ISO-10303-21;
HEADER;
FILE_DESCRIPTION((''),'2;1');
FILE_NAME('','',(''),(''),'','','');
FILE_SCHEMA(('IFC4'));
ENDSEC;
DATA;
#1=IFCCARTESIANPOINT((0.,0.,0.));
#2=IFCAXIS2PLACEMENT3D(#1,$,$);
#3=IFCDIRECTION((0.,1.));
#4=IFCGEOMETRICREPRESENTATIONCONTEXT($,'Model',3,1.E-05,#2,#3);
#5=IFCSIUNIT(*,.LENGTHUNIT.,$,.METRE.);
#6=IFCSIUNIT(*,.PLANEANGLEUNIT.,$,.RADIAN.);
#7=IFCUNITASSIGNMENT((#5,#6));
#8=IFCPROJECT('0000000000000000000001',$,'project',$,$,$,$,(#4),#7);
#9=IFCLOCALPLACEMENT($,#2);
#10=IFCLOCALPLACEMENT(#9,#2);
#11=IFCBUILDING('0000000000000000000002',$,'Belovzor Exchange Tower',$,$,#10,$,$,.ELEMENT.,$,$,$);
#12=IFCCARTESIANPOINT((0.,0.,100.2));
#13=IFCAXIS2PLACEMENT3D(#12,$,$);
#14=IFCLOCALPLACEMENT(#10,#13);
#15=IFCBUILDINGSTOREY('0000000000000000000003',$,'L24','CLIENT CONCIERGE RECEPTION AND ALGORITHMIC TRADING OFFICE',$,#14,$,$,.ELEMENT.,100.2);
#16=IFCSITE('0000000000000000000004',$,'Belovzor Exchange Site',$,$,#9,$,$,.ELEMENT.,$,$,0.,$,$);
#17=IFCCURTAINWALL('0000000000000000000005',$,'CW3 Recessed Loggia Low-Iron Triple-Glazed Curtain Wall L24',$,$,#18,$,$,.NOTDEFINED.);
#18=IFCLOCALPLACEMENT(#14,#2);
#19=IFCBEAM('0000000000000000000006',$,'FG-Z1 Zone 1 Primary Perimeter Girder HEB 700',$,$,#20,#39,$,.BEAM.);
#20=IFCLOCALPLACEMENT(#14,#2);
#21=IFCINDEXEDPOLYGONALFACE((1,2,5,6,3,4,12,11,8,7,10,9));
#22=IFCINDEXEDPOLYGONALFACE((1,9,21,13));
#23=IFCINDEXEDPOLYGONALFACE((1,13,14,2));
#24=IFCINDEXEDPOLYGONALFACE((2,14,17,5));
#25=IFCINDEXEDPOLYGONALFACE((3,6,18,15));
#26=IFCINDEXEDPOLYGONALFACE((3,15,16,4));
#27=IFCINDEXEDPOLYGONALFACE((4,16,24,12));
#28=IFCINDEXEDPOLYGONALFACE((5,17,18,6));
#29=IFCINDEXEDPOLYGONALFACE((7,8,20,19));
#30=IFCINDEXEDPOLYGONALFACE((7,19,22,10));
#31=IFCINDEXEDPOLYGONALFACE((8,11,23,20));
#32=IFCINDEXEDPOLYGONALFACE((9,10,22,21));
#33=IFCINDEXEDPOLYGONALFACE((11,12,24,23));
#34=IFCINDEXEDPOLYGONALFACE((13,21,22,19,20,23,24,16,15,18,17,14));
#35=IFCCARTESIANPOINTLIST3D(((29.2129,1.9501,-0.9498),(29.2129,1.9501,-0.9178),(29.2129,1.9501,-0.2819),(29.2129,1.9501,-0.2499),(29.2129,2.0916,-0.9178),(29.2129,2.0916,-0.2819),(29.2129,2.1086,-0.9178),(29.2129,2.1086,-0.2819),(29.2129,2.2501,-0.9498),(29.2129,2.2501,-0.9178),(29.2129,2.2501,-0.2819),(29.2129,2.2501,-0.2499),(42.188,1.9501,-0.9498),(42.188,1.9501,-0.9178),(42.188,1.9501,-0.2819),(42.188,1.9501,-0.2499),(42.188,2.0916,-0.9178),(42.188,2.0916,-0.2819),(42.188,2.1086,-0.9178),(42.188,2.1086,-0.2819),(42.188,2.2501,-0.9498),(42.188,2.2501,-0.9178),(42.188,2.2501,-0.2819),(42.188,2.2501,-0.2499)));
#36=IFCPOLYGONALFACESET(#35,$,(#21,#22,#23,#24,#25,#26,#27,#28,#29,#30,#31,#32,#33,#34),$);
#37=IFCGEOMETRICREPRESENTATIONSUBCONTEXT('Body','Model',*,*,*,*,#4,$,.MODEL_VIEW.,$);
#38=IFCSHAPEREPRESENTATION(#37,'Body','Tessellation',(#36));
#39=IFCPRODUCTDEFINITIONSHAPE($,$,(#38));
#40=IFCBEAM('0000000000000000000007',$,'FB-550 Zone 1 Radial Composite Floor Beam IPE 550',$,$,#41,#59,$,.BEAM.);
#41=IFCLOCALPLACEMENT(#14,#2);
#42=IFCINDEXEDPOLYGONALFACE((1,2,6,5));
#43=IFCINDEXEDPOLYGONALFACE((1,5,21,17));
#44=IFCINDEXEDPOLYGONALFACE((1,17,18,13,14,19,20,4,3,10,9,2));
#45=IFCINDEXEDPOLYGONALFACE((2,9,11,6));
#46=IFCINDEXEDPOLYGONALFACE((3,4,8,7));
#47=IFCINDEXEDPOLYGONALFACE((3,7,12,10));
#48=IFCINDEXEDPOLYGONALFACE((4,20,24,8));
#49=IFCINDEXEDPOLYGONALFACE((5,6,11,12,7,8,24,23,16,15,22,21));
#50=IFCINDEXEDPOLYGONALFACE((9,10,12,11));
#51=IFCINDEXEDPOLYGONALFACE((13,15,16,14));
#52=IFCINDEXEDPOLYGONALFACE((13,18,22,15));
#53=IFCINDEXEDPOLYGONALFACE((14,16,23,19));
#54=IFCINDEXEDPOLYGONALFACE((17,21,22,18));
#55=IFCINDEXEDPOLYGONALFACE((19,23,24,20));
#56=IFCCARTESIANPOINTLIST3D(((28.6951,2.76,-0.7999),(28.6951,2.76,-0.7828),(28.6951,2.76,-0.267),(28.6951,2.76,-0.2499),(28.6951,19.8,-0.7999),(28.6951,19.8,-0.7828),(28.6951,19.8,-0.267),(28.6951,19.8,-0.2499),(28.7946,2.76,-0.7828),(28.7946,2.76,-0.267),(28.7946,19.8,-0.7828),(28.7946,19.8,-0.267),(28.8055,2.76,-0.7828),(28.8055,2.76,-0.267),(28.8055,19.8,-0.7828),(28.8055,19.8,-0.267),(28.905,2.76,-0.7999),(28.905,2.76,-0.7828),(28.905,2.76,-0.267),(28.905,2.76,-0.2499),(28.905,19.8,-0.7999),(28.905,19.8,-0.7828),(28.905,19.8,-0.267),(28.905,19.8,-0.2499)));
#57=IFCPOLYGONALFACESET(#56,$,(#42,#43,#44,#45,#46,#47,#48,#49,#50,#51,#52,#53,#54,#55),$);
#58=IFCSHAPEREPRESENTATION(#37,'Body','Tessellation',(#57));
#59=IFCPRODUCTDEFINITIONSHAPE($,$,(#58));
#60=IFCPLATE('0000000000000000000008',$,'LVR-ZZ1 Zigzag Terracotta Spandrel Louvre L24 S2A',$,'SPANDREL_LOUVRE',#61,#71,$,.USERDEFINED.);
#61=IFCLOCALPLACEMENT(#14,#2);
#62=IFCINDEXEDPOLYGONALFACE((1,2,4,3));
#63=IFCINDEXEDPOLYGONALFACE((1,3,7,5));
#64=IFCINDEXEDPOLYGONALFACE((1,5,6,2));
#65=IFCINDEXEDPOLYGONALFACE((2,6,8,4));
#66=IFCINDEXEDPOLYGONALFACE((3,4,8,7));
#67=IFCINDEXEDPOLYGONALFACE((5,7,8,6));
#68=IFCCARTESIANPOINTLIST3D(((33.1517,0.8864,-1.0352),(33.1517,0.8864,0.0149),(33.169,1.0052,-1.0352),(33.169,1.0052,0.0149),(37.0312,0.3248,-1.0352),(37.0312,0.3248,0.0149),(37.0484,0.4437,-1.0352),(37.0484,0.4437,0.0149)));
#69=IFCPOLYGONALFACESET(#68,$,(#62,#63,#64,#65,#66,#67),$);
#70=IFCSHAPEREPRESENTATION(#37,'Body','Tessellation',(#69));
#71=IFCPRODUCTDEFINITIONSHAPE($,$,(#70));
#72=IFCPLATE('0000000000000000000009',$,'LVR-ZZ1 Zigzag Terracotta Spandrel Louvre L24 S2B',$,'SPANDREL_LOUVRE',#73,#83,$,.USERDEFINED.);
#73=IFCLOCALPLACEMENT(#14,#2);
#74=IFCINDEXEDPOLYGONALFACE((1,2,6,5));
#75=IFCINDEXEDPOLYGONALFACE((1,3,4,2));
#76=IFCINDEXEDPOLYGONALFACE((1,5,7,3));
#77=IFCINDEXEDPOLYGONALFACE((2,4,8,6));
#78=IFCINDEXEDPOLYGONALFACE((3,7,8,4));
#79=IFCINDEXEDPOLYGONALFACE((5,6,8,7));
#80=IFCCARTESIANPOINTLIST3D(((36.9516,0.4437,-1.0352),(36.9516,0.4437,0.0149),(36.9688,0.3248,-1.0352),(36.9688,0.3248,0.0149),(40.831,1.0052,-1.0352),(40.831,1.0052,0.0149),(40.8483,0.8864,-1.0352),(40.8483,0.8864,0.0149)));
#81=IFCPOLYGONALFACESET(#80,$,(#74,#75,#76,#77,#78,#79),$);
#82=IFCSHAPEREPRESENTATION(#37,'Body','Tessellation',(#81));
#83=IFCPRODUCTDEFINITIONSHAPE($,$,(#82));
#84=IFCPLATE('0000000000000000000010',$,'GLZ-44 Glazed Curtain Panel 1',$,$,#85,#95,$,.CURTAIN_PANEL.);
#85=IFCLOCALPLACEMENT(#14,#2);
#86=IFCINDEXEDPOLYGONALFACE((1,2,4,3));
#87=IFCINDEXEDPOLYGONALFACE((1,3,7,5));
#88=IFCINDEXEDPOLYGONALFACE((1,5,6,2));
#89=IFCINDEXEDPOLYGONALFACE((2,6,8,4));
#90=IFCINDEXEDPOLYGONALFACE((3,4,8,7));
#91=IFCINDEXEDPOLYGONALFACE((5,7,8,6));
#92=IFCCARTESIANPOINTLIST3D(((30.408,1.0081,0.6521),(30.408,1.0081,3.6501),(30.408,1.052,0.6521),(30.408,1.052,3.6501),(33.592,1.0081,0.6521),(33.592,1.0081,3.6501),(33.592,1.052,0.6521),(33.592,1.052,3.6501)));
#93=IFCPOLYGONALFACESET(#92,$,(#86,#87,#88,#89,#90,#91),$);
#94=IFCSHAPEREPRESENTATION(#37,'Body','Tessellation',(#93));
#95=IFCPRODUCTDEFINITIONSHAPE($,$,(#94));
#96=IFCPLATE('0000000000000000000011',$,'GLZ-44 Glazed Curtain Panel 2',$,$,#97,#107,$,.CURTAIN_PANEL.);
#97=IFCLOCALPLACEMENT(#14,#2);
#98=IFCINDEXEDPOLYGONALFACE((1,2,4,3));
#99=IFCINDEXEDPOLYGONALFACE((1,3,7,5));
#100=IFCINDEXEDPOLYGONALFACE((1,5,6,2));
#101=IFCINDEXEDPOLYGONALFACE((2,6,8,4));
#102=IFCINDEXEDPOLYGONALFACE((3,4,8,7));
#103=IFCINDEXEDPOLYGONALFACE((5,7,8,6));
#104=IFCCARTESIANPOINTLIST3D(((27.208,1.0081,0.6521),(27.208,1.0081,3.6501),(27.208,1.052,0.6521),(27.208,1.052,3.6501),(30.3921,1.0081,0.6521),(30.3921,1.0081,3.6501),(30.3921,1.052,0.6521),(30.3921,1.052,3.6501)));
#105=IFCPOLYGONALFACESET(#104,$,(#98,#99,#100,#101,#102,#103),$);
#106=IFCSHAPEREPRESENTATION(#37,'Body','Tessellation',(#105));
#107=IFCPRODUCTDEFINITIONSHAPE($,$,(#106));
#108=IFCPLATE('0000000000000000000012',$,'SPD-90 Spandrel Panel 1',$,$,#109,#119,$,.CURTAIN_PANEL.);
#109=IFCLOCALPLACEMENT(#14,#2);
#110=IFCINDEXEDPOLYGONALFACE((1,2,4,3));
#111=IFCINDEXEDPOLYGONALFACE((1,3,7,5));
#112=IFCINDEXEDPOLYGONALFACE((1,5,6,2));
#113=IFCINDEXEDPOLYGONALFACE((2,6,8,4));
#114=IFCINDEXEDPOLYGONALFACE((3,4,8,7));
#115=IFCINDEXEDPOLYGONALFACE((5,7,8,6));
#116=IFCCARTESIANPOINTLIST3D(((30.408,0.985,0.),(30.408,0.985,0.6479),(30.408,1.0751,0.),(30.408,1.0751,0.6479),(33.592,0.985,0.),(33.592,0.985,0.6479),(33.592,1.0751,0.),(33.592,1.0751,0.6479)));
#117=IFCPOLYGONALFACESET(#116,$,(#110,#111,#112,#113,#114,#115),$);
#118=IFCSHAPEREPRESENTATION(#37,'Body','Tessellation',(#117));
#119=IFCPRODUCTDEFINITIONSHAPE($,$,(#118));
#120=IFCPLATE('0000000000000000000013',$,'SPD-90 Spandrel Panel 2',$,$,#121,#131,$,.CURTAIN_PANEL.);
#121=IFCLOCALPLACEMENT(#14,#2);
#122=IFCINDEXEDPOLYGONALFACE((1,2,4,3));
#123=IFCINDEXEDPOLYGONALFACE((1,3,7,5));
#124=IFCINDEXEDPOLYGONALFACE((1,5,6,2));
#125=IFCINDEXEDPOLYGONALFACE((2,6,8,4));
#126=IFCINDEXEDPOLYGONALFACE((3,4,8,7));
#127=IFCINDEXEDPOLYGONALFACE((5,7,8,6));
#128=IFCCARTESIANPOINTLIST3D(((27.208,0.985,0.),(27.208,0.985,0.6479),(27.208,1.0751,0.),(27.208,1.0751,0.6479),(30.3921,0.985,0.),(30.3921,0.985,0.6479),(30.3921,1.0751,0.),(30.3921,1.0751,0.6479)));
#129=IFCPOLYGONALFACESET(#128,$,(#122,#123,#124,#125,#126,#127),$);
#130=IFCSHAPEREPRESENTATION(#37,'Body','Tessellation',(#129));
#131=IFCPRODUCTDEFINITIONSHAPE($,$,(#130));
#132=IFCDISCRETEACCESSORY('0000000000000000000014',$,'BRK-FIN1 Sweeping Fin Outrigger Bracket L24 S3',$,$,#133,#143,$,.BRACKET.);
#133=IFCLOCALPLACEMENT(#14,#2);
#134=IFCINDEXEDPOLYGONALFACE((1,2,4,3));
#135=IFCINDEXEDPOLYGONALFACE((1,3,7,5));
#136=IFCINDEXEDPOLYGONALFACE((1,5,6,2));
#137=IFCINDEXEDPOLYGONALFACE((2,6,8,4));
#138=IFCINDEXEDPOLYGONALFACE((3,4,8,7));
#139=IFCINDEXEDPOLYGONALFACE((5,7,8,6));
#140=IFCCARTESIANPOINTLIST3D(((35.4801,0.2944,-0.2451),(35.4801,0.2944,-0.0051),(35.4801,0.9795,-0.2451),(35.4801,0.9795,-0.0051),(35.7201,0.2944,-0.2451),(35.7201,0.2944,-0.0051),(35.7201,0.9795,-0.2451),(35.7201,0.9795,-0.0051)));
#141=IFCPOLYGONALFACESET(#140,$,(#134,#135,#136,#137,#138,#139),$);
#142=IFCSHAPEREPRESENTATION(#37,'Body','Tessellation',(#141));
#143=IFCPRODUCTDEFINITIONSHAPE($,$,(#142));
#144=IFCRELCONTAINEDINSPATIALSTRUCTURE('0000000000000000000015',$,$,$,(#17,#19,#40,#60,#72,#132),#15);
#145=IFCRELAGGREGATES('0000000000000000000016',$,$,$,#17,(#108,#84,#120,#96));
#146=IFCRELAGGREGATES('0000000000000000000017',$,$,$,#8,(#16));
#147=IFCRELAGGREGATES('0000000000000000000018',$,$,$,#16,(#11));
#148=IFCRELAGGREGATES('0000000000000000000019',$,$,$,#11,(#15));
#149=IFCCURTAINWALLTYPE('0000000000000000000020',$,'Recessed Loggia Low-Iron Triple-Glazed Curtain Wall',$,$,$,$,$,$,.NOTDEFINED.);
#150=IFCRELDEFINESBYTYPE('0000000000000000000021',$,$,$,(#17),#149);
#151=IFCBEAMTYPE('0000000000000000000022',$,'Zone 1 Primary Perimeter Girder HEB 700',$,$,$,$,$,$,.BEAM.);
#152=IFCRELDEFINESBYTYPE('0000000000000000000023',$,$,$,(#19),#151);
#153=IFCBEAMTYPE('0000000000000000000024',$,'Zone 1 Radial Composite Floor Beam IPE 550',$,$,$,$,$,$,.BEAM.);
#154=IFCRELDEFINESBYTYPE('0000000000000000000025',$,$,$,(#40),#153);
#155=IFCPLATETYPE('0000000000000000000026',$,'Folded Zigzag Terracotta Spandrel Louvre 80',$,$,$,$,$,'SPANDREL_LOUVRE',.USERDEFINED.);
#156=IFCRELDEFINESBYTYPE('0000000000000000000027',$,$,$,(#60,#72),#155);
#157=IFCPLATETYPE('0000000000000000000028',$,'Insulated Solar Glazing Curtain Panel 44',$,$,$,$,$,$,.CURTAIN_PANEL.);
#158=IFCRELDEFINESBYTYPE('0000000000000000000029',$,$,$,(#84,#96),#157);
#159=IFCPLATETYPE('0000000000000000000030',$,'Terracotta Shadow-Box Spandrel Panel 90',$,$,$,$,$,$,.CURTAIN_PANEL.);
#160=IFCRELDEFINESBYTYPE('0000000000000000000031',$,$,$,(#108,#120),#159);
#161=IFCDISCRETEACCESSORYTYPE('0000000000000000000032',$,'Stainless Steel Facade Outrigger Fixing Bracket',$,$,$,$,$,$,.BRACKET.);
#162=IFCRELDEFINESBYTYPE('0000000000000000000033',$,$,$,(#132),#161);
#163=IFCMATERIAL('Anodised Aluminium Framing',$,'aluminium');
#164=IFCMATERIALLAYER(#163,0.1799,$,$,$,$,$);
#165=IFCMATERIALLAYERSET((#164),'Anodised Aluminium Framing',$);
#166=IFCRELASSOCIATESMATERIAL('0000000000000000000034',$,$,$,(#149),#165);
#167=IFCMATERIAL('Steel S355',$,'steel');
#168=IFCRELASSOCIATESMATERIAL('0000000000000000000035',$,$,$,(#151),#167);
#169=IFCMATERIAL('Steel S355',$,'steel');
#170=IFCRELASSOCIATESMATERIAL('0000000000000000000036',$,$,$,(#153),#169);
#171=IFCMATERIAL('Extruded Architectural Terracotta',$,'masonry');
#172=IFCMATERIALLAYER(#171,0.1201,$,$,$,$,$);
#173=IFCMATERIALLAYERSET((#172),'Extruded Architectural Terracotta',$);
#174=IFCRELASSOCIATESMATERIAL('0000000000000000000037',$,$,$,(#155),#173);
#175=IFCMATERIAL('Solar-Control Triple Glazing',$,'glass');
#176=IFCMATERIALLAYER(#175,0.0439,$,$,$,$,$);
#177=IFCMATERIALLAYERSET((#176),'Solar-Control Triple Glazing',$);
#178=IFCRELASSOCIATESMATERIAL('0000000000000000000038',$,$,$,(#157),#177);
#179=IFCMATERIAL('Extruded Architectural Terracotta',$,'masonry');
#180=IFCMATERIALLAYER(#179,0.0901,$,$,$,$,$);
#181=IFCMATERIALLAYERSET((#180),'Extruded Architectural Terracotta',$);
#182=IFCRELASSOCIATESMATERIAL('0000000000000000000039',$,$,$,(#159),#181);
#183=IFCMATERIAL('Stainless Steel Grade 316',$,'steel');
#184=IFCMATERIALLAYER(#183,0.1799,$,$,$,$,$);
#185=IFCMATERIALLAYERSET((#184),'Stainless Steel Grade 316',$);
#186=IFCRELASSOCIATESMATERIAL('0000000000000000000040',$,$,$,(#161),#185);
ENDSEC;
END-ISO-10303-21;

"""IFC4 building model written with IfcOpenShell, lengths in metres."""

from ifc_helpers import new_model, si_unit, direction, frame, origin, origin_2d, place, context, subcontext, project, spatial, rectangle, i_section, extrude, material, layer, layer_set, material_profile, profile_set, type_object, element, aggregate, save


model = new_model("IFC4")

# Units and contexts
model_context = context("Model", 3, precision=1e-05, world=origin(), true_north=direction((0.0, 1.0)))
body_context = subcontext(model_context, "Body", "Model", "MODEL_VIEW")
ifc_project = project(units=[si_unit("LENGTHUNIT", "METRE"), si_unit("PLANEANGLEUNIT", "RADIAN")], contexts=[model_context])

# Site, building, storey
site_placement = place(None, origin())
site = spatial("IfcSite", under=ifc_project, at=site_placement, Name="Belovzor Exchange Site", CompositionType="ELEMENT", RefElevation=0.0)
building_placement = place(site_placement, origin())
building = spatial("IfcBuilding", under=site, at=building_placement, Name="Belovzor Exchange Tower", CompositionType="ELEMENT")
storey_placement = place(building_placement, frame((0.0, 0.0, 100.2)))
storey = spatial("IfcBuildingStorey", under=building, at=storey_placement, Name="L24", Description="CLIENT CONCIERGE RECEPTION AND ALGORITHMIC TRADING OFFICE", CompositionType="ELEMENT", Elevation=100.2)

# Curtain wall
ifc_material_1 = material(Name="Anodised Aluminium Framing", Category="aluminium")
ifc_layer_1 = layer(ifc_material_1, 0.1799)
ifc_layer_set_1 = layer_set([ifc_layer_1], Name="Anodised Aluminium Framing")
curtain_wall_type = type_object("IfcCurtainWallType", Name="Recessed Loggia Low-Iron Triple-Glazed Curtain Wall", PredefinedType="NOTDEFINED", material=ifc_layer_set_1)
curtain_wall_placement = place(storey_placement, origin())
curtain_wall = element("IfcCurtainWall", 1, at=curtain_wall_placement, inside=storey, type_object=curtain_wall_type, Name="CW3 Recessed Loggia Low-Iron Triple-Glazed Curtain Wall L24", PredefinedType="NOTDEFINED")

# Beams
ifc_material_2 = material(Name="Steel S355", Category="steel")
ifc_material_profile_1 = material_profile(ifc_material_2, i_section(OverallWidth=0.3, OverallDepth=0.7, WebThickness=0.0171, FlangeThickness=0.032, at=origin_2d()))
ifc_profile_set_1 = profile_set([ifc_material_profile_1], Name="Steel S355")
beam_type_1 = type_object("IfcBeamType", Name="Zone 1 Primary Perimeter Girder HEB 700", PredefinedType="BEAM", material=ifc_profile_set_1)
beam_1_placement = place(storey_placement, frame((29.2129, 2.1001, -0.5999), z_axis=(1.0, 0.0, 0.0), x_axis=(0.0, 1.0, 0.0)))
element("IfcBeam", 2, at=beam_1_placement, inside=storey, type_object=beam_type_1, Name="FG-Z1 Zone 1 Primary Perimeter Girder HEB 700", PredefinedType="BEAM", context=body_context, shape_type="SweptSolid", body=[
    extrude(i_section(OverallWidth=0.3, OverallDepth=0.7, WebThickness=0.0171, FlangeThickness=0.032, at=origin_2d()), origin(), (0.0, 0.0, 1.0), 12.9751),
])
ifc_material_3 = material(Name="Steel S355", Category="steel")
ifc_material_profile_2 = material_profile(ifc_material_3, i_section(OverallWidth=0.21, OverallDepth=0.55, WebThickness=0.011, FlangeThickness=0.0171, at=origin_2d()))
ifc_profile_set_2 = profile_set([ifc_material_profile_2], Name="Steel S355")
beam_type_2 = type_object("IfcBeamType", Name="Zone 1 Radial Composite Floor Beam IPE 550", PredefinedType="BEAM", material=ifc_profile_set_2)
beam_2_placement = place(storey_placement, frame((28.8, 19.8, -0.5249), z_axis=(0.0, -1.0, 0.0), x_axis=(1.0, 0.0, 0.0)))
element("IfcBeam", 3, at=beam_2_placement, inside=storey, type_object=beam_type_2, Name="FB-550 Zone 1 Radial Composite Floor Beam IPE 550", PredefinedType="BEAM", context=body_context, shape_type="SweptSolid", body=[
    extrude(i_section(OverallWidth=0.21, OverallDepth=0.55, WebThickness=0.011, FlangeThickness=0.0171, at=origin_2d()), origin(), (0.0, 0.0, 1.0), 17.04),
])

# Plates
ifc_material_4 = material(Name="Extruded Architectural Terracotta", Category="masonry")
ifc_layer_2 = layer(ifc_material_4, 0.1201)
ifc_layer_set_2 = layer_set([ifc_layer_2], Name="Extruded Architectural Terracotta")
plate_type_1 = type_object("IfcPlateType", Name="Folded Zigzag Terracotta Spandrel Louvre 80", ElementType="SPANDREL_LOUVRE", PredefinedType="USERDEFINED", material=ifc_layer_set_2)
for number, where, z_axis, x_axis, name in (
    (4, (35.1001, 0.665, -1.0352), (0.0, 0.0, 1.0), (0.989686, -0.143251, 0.0), "LVR-ZZ1 Zigzag Terracotta Spandrel Louvre L24 S2A"),
    (5, (38.8999, 0.665, -1.0352), (0.0, 0.0, 1.0), (0.989686, 0.143251, 0.0), "LVR-ZZ1 Zigzag Terracotta Spandrel Louvre L24 S2B"),
):
    element("IfcPlate", number, at=place(storey_placement, frame(where, z_axis=z_axis, x_axis=x_axis)), inside=storey, type_object=plate_type_1, Name=name, ObjectType="SPANDREL_LOUVRE", PredefinedType="USERDEFINED", context=body_context, shape_type="SweptSolid", body=[
        extrude(rectangle(XDim=3.9199, YDim=0.1201, at=origin_2d()), origin(), (0.0, 0.0, 1.0), 1.05),
    ])

# Plates
ifc_material_5 = material(Name="Solar-Control Triple Glazing", Category="glass")
ifc_layer_3 = layer(ifc_material_5, 0.0439)
ifc_layer_set_3 = layer_set([ifc_layer_3], Name="Solar-Control Triple Glazing")
plate_type_2 = type_object("IfcPlateType", Name="Insulated Solar Glazing Curtain Panel 44", PredefinedType="CURTAIN_PANEL", material=ifc_layer_set_3)
plate_1_placement = place(storey_placement, frame((32.0, 1.03, 0.6521), z_axis=(0.0, 0.0, 1.0), x_axis=(-1.0, 0.0, 0.0)))
plate_1 = element("IfcPlate", 6, at=plate_1_placement, type_object=plate_type_2, Name="GLZ-44 Glazed Curtain Panel 1", PredefinedType="CURTAIN_PANEL", context=body_context, shape_type="SweptSolid", body=[
    extrude(rectangle(XDim=3.1841, YDim=0.0439, at=origin_2d()), origin(), (0.0, 0.0, 1.0), 2.998),
])
plate_2_placement = place(storey_placement, frame((28.8, 1.03, 0.6521), z_axis=(0.0, 0.0, 1.0), x_axis=(-1.0, 0.0, 0.0)))
plate_2 = element("IfcPlate", 7, at=plate_2_placement, type_object=plate_type_2, Name="GLZ-44 Glazed Curtain Panel 2", PredefinedType="CURTAIN_PANEL", context=body_context, shape_type="SweptSolid", body=[
    extrude(rectangle(XDim=3.1841, YDim=0.0439, at=origin_2d()), origin(), (0.0, 0.0, 1.0), 2.998),
])
ifc_material_6 = material(Name="Extruded Architectural Terracotta", Category="masonry")
ifc_layer_4 = layer(ifc_material_6, 0.0901)
ifc_layer_set_4 = layer_set([ifc_layer_4], Name="Extruded Architectural Terracotta")
plate_type_3 = type_object("IfcPlateType", Name="Terracotta Shadow-Box Spandrel Panel 90", PredefinedType="CURTAIN_PANEL", material=ifc_layer_set_4)
plate_3_placement = place(storey_placement, frame((32.0, 1.03, 0.0), z_axis=(0.0, 0.0, 1.0), x_axis=(-1.0, 0.0, 0.0)))
plate_3 = element("IfcPlate", 8, at=plate_3_placement, type_object=plate_type_3, Name="SPD-90 Spandrel Panel 1", PredefinedType="CURTAIN_PANEL", context=body_context, shape_type="SweptSolid", body=[
    extrude(rectangle(XDim=3.1841, YDim=0.0901, at=origin_2d()), origin(), (0.0, 0.0, 1.0), 0.6479),
])
plate_4_placement = place(storey_placement, frame((28.8, 1.03, 0.0), z_axis=(0.0, 0.0, 1.0), x_axis=(-1.0, 0.0, 0.0)))
plate_4 = element("IfcPlate", 9, at=plate_4_placement, type_object=plate_type_3, Name="SPD-90 Spandrel Panel 2", PredefinedType="CURTAIN_PANEL", context=body_context, shape_type="SweptSolid", body=[
    extrude(rectangle(XDim=3.1841, YDim=0.0901, at=origin_2d()), origin(), (0.0, 0.0, 1.0), 0.6479),
])
aggregate(curtain_wall, [plate_3, plate_1, plate_4, plate_2])

# Discrete accessory
ifc_material_7 = material(Name="Stainless Steel Grade 316", Category="steel")
ifc_layer_5 = layer(ifc_material_7, 0.1799)
ifc_layer_set_5 = layer_set([ifc_layer_5], Name="Stainless Steel Grade 316")
discrete_accessory_type = type_object("IfcDiscreteAccessoryType", Name="Stainless Steel Facade Outrigger Fixing Bracket", PredefinedType="BRACKET", material=ifc_layer_set_5)
discrete_accessory_placement = place(storey_placement, frame((35.6001, 0.637, -0.2451), z_axis=(0.0, 0.0, 1.0), x_axis=(0.0, 1.0, 0.0)))
element("IfcDiscreteAccessory", 10, at=discrete_accessory_placement, inside=storey, type_object=discrete_accessory_type, Name="BRK-FIN1 Sweeping Fin Outrigger Bracket L24 S3", PredefinedType="BRACKET", context=body_context, shape_type="SweptSolid", body=[
    extrude(rectangle(XDim=0.6851, YDim=0.24, at=origin_2d()), origin(), (0.0, 0.0, 1.0), 0.24),
])

save(model, "model.ifc")
